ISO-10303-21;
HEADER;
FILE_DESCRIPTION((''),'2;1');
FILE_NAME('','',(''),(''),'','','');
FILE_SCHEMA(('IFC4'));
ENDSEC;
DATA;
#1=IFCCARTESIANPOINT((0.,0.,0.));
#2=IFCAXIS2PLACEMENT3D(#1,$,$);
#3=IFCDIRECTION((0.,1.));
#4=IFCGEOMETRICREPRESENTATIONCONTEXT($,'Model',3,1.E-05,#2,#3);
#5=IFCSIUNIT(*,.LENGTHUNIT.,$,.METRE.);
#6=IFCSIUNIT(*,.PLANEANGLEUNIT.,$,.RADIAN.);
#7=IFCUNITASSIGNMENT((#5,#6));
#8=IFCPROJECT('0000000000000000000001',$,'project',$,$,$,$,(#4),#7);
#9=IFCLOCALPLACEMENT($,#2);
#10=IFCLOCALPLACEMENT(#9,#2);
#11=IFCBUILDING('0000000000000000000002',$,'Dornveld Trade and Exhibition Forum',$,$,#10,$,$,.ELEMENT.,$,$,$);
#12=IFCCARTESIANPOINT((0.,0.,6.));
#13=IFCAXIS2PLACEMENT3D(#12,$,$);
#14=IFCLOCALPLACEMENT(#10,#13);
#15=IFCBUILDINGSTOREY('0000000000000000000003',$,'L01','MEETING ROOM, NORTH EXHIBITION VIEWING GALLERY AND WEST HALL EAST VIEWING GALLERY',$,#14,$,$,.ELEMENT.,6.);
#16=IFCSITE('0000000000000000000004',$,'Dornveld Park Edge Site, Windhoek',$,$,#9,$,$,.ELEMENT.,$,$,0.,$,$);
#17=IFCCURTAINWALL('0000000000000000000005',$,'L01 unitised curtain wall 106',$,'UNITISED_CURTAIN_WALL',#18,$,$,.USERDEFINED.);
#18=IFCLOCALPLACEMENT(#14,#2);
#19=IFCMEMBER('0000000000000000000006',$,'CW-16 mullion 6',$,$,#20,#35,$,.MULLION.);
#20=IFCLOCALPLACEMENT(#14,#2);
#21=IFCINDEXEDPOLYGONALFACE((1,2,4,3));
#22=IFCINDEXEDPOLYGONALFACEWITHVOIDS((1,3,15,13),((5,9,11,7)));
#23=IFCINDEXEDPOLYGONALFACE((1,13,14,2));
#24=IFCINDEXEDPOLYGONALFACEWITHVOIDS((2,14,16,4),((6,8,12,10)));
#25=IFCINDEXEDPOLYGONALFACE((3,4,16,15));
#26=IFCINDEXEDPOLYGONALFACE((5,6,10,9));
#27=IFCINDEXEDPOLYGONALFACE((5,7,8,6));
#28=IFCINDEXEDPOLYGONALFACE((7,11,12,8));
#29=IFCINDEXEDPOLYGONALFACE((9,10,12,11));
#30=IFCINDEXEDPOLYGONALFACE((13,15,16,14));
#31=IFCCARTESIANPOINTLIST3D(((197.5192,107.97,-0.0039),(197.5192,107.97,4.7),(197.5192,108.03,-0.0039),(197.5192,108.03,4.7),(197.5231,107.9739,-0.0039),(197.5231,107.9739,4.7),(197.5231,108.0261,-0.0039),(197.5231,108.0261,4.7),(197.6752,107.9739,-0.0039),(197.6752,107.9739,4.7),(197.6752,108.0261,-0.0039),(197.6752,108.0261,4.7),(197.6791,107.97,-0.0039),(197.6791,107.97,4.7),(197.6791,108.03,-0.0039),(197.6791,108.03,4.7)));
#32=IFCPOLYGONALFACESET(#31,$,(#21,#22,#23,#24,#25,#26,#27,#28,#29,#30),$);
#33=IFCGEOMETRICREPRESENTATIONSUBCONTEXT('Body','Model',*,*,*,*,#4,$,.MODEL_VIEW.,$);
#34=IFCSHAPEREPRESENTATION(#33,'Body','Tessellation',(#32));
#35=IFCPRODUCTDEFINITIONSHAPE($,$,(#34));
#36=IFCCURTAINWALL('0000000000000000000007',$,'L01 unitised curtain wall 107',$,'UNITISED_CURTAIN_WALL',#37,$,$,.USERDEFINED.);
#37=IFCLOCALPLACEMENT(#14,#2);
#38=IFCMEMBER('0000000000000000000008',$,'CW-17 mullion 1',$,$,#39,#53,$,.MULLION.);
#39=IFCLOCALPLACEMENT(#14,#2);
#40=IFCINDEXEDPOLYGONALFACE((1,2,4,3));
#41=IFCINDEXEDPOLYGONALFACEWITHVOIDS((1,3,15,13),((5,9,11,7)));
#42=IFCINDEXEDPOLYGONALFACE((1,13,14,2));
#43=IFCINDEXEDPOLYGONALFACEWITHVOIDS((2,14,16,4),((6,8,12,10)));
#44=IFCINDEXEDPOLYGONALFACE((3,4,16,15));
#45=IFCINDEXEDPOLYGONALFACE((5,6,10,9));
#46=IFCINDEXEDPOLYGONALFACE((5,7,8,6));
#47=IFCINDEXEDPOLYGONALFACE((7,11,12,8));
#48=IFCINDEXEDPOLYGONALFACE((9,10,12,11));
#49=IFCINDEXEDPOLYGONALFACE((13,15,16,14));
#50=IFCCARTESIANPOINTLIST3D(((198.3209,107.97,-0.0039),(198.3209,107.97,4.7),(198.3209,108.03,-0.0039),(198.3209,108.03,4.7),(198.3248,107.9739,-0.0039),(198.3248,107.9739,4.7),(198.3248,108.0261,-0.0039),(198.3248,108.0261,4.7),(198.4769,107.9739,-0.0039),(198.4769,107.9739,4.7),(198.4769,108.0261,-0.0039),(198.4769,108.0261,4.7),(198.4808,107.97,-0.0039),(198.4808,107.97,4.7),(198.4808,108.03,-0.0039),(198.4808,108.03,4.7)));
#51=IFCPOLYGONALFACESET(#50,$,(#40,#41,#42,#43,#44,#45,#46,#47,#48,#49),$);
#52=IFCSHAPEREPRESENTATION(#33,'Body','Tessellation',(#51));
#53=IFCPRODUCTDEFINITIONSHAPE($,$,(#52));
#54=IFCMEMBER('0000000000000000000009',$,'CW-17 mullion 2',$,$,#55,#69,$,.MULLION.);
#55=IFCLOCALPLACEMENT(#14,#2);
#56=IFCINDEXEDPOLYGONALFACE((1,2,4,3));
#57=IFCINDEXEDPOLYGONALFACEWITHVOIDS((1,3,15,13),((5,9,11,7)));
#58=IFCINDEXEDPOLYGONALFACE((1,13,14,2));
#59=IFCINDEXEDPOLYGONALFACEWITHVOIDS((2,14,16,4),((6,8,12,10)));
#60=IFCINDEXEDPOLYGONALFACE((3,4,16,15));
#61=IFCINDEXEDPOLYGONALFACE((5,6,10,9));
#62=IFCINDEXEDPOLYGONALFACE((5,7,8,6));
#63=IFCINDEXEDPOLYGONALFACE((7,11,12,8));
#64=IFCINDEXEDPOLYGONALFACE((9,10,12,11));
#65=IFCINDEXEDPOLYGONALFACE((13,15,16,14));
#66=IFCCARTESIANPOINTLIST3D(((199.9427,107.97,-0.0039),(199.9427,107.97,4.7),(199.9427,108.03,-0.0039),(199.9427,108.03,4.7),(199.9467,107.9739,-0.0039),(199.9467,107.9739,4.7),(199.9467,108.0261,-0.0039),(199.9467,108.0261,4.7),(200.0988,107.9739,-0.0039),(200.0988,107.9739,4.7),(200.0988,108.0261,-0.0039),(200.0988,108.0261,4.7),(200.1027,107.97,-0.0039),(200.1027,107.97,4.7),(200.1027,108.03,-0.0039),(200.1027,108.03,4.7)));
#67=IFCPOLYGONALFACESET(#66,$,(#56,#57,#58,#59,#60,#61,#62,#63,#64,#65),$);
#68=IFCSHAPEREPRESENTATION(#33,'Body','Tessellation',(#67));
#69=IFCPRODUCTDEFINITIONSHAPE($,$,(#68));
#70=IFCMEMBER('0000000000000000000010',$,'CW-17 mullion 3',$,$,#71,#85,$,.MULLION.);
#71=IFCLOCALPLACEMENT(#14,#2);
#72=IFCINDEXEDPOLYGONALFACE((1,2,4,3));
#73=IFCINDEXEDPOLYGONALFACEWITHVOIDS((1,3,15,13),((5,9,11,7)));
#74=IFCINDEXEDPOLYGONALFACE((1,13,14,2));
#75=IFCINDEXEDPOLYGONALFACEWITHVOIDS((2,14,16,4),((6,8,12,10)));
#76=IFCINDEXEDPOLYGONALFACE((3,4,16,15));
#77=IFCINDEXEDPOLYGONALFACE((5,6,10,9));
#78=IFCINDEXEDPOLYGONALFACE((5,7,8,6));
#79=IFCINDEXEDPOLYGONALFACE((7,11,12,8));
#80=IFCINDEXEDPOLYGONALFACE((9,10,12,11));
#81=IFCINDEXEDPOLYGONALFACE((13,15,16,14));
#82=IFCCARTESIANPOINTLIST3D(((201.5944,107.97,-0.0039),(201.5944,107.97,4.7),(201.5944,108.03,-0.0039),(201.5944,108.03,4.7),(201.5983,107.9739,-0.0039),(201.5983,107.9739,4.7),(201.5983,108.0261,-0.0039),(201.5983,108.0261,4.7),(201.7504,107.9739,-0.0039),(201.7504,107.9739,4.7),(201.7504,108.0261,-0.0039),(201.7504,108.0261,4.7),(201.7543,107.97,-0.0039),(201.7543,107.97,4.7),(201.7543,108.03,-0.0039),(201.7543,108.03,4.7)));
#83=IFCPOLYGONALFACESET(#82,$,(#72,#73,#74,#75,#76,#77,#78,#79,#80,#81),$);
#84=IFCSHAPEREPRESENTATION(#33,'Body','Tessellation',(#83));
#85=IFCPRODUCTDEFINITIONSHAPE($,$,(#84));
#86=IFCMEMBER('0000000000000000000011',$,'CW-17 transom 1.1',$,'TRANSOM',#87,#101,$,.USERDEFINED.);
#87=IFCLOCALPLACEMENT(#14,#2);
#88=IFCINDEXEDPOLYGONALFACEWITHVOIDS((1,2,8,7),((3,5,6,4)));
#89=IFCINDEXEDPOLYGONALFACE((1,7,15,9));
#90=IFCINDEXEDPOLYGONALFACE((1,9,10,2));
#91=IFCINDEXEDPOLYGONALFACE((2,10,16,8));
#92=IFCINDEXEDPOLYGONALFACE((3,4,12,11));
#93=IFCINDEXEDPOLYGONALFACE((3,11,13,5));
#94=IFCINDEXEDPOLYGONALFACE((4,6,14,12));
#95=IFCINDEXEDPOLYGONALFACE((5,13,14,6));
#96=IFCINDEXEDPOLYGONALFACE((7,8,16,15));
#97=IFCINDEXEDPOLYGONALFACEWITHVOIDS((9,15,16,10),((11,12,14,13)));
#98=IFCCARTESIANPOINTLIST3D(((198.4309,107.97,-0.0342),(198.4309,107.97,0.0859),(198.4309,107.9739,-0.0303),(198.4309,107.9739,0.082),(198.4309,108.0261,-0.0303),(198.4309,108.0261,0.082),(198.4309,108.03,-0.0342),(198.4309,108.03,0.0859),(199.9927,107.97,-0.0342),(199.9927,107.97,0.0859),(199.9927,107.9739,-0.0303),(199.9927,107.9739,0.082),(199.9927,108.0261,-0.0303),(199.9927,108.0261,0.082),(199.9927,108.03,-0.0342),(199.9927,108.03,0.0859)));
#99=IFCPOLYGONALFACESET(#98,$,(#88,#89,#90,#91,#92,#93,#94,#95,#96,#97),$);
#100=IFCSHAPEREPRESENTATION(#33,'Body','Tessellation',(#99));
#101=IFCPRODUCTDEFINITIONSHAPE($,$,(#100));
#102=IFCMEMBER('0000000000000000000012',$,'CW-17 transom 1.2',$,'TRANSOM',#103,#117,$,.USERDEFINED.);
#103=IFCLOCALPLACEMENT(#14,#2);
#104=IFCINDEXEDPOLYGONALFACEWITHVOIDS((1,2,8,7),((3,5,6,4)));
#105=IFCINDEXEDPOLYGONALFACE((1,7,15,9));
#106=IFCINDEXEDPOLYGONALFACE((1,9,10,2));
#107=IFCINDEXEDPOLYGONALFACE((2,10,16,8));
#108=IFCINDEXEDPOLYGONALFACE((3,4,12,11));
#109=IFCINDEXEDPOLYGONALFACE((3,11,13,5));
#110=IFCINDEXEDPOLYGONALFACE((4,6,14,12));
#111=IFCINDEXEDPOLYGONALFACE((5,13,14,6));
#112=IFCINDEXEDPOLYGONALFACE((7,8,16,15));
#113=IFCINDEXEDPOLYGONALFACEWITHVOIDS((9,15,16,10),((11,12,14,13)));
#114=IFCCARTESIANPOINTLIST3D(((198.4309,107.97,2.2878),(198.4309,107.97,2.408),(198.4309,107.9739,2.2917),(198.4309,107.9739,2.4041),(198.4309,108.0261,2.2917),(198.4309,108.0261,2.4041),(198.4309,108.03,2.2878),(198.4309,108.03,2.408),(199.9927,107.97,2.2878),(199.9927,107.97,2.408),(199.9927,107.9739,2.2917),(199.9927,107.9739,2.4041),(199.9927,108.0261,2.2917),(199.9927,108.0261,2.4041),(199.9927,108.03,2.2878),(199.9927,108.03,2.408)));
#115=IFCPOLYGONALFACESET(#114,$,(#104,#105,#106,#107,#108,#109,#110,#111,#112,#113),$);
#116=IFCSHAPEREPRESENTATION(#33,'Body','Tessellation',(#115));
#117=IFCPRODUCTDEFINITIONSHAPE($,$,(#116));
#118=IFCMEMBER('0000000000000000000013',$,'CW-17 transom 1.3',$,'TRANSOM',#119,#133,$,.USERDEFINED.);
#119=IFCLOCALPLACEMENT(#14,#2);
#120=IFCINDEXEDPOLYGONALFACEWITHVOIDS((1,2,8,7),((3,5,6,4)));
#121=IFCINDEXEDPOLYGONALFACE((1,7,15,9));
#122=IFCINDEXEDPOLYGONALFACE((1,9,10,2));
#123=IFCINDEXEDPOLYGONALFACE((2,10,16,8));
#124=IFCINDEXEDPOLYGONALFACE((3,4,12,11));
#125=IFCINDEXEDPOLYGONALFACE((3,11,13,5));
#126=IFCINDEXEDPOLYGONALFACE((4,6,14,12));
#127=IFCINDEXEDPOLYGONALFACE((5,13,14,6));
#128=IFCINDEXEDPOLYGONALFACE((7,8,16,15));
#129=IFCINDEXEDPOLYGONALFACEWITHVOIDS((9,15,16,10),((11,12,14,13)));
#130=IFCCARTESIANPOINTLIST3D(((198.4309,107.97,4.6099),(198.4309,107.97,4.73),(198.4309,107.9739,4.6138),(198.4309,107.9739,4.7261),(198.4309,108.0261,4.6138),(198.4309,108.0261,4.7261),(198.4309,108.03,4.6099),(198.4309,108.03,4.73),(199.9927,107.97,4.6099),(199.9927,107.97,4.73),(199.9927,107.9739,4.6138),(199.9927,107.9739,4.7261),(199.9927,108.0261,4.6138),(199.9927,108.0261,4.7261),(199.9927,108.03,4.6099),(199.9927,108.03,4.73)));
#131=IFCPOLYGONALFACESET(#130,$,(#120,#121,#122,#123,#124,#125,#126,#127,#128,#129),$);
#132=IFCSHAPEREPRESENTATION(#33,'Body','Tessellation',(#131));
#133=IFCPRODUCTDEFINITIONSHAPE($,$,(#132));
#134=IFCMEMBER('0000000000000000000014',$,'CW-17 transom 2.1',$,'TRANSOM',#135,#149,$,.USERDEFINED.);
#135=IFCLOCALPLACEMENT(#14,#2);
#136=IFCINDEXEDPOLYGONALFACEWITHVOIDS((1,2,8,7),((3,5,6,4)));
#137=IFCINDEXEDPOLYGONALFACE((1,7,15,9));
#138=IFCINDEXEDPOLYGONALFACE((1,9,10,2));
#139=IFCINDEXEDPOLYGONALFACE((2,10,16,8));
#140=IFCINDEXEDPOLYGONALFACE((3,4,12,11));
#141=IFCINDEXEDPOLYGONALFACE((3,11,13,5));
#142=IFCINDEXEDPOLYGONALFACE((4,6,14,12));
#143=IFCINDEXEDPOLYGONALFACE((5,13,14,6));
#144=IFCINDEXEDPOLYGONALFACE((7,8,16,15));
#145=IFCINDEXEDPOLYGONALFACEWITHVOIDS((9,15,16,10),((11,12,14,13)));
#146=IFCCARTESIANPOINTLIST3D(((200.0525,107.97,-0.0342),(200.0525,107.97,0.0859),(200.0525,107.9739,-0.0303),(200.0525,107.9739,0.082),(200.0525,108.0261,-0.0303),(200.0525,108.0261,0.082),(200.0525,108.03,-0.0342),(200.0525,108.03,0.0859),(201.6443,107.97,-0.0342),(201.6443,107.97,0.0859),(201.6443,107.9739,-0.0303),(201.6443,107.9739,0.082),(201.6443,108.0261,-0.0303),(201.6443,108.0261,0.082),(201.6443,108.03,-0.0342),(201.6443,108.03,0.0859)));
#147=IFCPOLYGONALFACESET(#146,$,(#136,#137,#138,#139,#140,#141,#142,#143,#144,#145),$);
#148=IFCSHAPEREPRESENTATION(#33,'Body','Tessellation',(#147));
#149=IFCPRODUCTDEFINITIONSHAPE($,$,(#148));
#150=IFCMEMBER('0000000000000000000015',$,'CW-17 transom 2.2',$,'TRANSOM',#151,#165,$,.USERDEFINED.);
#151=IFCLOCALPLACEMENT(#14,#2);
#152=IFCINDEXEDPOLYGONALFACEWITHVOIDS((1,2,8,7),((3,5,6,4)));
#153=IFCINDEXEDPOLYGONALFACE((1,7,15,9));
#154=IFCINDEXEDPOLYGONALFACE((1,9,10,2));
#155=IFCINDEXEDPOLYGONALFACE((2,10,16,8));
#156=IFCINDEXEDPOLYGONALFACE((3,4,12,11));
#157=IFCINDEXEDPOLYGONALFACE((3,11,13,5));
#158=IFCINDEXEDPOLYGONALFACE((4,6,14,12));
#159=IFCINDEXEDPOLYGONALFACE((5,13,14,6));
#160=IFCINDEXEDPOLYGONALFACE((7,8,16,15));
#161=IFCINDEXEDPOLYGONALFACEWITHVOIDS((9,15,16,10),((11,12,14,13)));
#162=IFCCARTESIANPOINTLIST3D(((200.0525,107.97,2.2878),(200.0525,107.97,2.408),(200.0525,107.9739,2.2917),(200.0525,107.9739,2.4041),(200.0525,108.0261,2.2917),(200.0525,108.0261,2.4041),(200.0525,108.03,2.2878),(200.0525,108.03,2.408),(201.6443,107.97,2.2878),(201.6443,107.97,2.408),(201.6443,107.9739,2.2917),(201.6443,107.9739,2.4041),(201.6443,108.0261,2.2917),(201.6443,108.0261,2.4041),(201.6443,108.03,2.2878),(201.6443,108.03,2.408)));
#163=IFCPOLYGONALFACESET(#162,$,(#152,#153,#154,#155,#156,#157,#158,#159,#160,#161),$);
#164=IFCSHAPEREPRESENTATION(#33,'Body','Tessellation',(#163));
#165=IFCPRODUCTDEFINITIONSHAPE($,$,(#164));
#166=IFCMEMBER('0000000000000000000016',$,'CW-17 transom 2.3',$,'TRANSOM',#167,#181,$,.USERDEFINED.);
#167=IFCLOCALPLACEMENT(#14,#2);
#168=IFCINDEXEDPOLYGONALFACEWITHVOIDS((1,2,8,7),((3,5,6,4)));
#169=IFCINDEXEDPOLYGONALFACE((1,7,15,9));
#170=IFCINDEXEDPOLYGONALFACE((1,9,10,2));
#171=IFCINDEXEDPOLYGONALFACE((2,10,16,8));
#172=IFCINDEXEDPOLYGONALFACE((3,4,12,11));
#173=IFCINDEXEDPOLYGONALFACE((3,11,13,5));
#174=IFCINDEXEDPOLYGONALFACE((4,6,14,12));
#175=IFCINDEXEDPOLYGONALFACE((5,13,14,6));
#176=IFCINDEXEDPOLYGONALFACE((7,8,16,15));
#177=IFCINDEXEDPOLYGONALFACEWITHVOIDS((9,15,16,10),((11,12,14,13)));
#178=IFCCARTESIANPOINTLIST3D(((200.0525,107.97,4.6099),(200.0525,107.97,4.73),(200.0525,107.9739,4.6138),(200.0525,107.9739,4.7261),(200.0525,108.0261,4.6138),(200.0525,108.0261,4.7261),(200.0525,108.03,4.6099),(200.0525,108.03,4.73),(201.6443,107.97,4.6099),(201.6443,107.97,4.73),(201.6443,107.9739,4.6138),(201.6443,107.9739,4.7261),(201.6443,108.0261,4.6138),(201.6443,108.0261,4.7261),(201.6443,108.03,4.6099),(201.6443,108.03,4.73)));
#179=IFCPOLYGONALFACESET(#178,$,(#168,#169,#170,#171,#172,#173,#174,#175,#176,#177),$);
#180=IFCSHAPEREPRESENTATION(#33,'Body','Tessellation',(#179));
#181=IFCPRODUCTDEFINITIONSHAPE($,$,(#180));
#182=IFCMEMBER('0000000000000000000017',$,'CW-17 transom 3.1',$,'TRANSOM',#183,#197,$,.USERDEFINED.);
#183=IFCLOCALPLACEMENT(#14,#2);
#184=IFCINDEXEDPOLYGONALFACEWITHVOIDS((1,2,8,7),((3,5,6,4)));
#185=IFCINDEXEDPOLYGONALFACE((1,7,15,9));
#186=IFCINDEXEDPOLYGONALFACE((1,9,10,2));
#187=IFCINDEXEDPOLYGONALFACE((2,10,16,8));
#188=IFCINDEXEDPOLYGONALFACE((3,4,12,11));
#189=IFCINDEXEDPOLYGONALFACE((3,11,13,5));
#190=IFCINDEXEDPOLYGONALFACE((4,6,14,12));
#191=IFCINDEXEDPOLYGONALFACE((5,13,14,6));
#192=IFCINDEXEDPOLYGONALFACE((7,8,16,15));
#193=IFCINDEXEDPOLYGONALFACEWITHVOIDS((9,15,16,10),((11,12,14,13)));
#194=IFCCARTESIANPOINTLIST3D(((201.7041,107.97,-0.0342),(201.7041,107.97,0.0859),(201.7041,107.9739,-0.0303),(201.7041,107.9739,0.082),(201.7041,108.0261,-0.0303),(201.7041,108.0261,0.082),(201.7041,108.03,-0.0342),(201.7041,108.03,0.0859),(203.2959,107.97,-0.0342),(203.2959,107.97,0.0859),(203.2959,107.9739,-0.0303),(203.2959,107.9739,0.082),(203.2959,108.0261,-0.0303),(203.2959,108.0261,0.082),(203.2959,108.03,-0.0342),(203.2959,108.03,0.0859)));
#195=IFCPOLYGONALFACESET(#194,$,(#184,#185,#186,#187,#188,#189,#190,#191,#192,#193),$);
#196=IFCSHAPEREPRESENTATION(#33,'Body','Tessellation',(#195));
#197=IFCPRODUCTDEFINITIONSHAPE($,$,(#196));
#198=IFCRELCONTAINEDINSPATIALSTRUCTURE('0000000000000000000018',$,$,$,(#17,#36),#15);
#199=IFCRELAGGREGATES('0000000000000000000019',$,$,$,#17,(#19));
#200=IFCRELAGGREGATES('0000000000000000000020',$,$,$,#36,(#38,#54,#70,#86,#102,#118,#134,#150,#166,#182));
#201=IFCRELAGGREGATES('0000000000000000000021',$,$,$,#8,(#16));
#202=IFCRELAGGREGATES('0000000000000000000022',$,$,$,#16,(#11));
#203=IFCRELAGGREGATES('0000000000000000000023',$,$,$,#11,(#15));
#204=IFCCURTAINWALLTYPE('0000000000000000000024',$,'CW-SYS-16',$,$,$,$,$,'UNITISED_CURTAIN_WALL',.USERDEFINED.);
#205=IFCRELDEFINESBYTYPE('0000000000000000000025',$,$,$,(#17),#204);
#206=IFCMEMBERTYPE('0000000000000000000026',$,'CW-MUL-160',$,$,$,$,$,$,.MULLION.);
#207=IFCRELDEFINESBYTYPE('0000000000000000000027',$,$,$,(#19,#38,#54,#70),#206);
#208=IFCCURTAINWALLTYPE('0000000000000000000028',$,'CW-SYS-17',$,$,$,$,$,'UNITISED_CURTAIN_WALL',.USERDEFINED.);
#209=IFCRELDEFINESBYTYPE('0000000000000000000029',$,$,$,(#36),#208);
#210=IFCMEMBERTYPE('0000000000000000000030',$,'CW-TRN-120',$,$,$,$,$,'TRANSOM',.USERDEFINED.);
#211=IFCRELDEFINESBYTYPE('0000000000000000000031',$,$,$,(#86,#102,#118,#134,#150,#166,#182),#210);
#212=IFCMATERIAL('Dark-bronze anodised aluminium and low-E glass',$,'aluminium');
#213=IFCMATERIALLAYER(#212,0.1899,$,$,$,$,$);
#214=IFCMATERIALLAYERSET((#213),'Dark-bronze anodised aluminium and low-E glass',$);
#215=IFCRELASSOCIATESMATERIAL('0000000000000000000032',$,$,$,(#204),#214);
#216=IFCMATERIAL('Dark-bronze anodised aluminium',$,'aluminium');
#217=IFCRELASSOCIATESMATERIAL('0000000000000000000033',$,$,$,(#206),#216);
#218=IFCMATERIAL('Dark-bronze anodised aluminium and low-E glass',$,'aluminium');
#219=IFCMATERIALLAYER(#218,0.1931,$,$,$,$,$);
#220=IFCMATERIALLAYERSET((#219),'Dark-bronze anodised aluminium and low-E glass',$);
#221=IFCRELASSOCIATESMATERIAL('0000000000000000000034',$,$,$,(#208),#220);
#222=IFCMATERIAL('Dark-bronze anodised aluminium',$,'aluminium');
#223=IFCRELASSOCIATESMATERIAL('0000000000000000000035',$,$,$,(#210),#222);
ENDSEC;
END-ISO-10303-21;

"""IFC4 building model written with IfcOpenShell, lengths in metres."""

from ifc_helpers import new_model, si_unit, direction, frame, origin, origin_2d, place, context, subcontext, project, spatial, hollow_rectangle, extrude, material, layer, layer_set, material_profile, profile_set, type_object, element, aggregate, save


model = new_model("IFC4")

# Units and contexts
model_context = context("Model", 3, precision=1e-05, world=origin(), true_north=direction((0.0, 1.0)))
body_context = subcontext(model_context, "Body", "Model", "MODEL_VIEW")
ifc_project = project(units=[si_unit("LENGTHUNIT", "METRE"), si_unit("PLANEANGLEUNIT", "RADIAN")], contexts=[model_context])

# Site, building, storey
site_placement = place(None, origin())
site = spatial("IfcSite", under=ifc_project, at=site_placement, Name="Dornveld Park Edge Site, Windhoek", CompositionType="ELEMENT", RefElevation=0.0)
building_placement = place(site_placement, origin())
building = spatial("IfcBuilding", under=site, at=building_placement, Name="Dornveld Trade and Exhibition Forum", CompositionType="ELEMENT")
storey_placement = place(building_placement, frame((0.0, 0.0, 6.0)))
storey = spatial("IfcBuildingStorey", under=building, at=storey_placement, Name="L01", Description="MEETING ROOM, NORTH EXHIBITION VIEWING GALLERY AND WEST HALL EAST VIEWING GALLERY", CompositionType="ELEMENT", Elevation=6.0)

# Curtain wall, member
ifc_material_1 = material(Name="Dark-bronze anodised aluminium and low-E glass", Category="aluminium")
ifc_layer_1 = layer(ifc_material_1, 0.1899)
ifc_layer_set_1 = layer_set([ifc_layer_1], Name="Dark-bronze anodised aluminium and low-E glass")
curtain_wall_type_1 = type_object("IfcCurtainWallType", Name="CW-SYS-16", ElementType="UNITISED_CURTAIN_WALL", PredefinedType="USERDEFINED", material=ifc_layer_set_1)
curtain_wall_1_placement = place(storey_placement, origin())
curtain_wall_1 = element("IfcCurtainWall", 1, at=curtain_wall_1_placement, inside=storey, type_object=curtain_wall_type_1, Name="L01 unitised curtain wall 106", ObjectType="UNITISED_CURTAIN_WALL", PredefinedType="USERDEFINED")
ifc_material_2 = material(Name="Dark-bronze anodised aluminium", Category="aluminium")
ifc_material_profile_1 = material_profile(ifc_material_2, hollow_rectangle(XDim=0.0601, YDim=0.1599, WallThickness=0.0039, at=origin_2d()), Name="RHS 160x60x4")
ifc_profile_set_1 = profile_set([ifc_material_profile_1], Name="Dark-bronze anodised aluminium")
member_type_1 = type_object("IfcMemberType", Name="CW-MUL-160", PredefinedType="MULLION", material=ifc_profile_set_1)
member_1_placement = place(storey_placement, frame((197.5991, 108.0, -0.0039), z_axis=(0.0, 0.0, 1.0), x_axis=(0.0, 1.0, 0.0)))
member_1 = element("IfcMember", 2, at=member_1_placement, type_object=member_type_1, Name="CW-16 mullion 6", PredefinedType="MULLION", context=body_context, shape_type="SweptSolid", body=[
    extrude(hollow_rectangle(XDim=0.0601, YDim=0.1599, WallThickness=0.0039, at=origin_2d()), origin(), (0.0, 0.0, 1.0), 4.7039),
])
aggregate(curtain_wall_1, [member_1])

# Curtain wall, members
ifc_material_3 = material(Name="Dark-bronze anodised aluminium and low-E glass", Category="aluminium")
ifc_layer_2 = layer(ifc_material_3, 0.1931)
ifc_layer_set_2 = layer_set([ifc_layer_2], Name="Dark-bronze anodised aluminium and low-E glass")
curtain_wall_type_2 = type_object("IfcCurtainWallType", Name="CW-SYS-17", ElementType="UNITISED_CURTAIN_WALL", PredefinedType="USERDEFINED", material=ifc_layer_set_2)
curtain_wall_2_placement = place(storey_placement, origin())
curtain_wall_2 = element("IfcCurtainWall", 3, at=curtain_wall_2_placement, inside=storey, type_object=curtain_wall_type_2, Name="L01 unitised curtain wall 107", ObjectType="UNITISED_CURTAIN_WALL", PredefinedType="USERDEFINED")
member_2_placement = place(storey_placement, frame((198.4009, 108.0, -0.0039), z_axis=(0.0, 0.0, 1.0), x_axis=(0.0, 1.0, 0.0)))
member_2 = element("IfcMember", 4, at=member_2_placement, type_object=member_type_1, Name="CW-17 mullion 1", PredefinedType="MULLION", context=body_context, shape_type="SweptSolid", body=[
    extrude(hollow_rectangle(XDim=0.0601, YDim=0.1599, WallThickness=0.0039, at=origin_2d()), origin(), (0.0, 0.0, 1.0), 4.7039),
])
member_3_placement = place(storey_placement, frame((200.0227, 108.0, -0.0039), z_axis=(0.0, 0.0, 1.0), x_axis=(0.0, 1.0, 0.0)))
member_3 = element("IfcMember", 5, at=member_3_placement, type_object=member_type_1, Name="CW-17 mullion 2", PredefinedType="MULLION", context=body_context, shape_type="SweptSolid", body=[
    extrude(hollow_rectangle(XDim=0.0601, YDim=0.1599, WallThickness=0.0039, at=origin_2d()), origin(), (0.0, 0.0, 1.0), 4.7039),
])
member_4_placement = place(storey_placement, frame((201.6743, 108.0, -0.0039), z_axis=(0.0, 0.0, 1.0), x_axis=(0.0, 1.0, 0.0)))
member_4 = element("IfcMember", 6, at=member_4_placement, type_object=member_type_1, Name="CW-17 mullion 3", PredefinedType="MULLION", context=body_context, shape_type="SweptSolid", body=[
    extrude(hollow_rectangle(XDim=0.0601, YDim=0.1599, WallThickness=0.0039, at=origin_2d()), origin(), (0.0, 0.0, 1.0), 4.7039),
])
ifc_material_4 = material(Name="Dark-bronze anodised aluminium", Category="aluminium")
ifc_material_profile_2 = material_profile(ifc_material_4, hollow_rectangle(XDim=0.0601, YDim=0.1201, WallThickness=0.0039, at=origin_2d()), Name="RHS 120x60x4")
ifc_profile_set_2 = profile_set([ifc_material_profile_2], Name="Dark-bronze anodised aluminium")
member_type_2 = type_object("IfcMemberType", Name="CW-TRN-120", ElementType="TRANSOM", PredefinedType="USERDEFINED", material=ifc_profile_set_2)
member_5_placement = place(storey_placement, frame((198.4309, 108.0, 0.0259), z_axis=(1.0, 0.0, 0.0), x_axis=(0.0, 1.0, 0.0)))
member_5 = element("IfcMember", 7, at=member_5_placement, type_object=member_type_2, Name="CW-17 transom 1.1", ObjectType="TRANSOM", PredefinedType="USERDEFINED", context=body_context, shape_type="SweptSolid", body=[
    extrude(hollow_rectangle(XDim=0.0601, YDim=0.1201, WallThickness=0.0039, at=origin_2d()), origin(), (0.0, 0.0, 1.0), 1.5618),
])
member_6_placement = place(storey_placement, frame((198.4309, 108.0, 2.3479), z_axis=(1.0, 0.0, 0.0), x_axis=(0.0, 1.0, 0.0)))
member_6 = element("IfcMember", 8, at=member_6_placement, type_object=member_type_2, Name="CW-17 transom 1.2", ObjectType="TRANSOM", PredefinedType="USERDEFINED", context=body_context, shape_type="SweptSolid", body=[
    extrude(hollow_rectangle(XDim=0.0601, YDim=0.1201, WallThickness=0.0039, at=origin_2d()), origin(), (0.0, 0.0, 1.0), 1.5618),
])
member_7_placement = place(storey_placement, frame((198.4309, 108.0, 4.6699), z_axis=(1.0, 0.0, 0.0), x_axis=(0.0, 1.0, 0.0)))
member_7 = element("IfcMember", 9, at=member_7_placement, type_object=member_type_2, Name="CW-17 transom 1.3", ObjectType="TRANSOM", PredefinedType="USERDEFINED", context=body_context, shape_type="SweptSolid", body=[
    extrude(hollow_rectangle(XDim=0.0601, YDim=0.1201, WallThickness=0.0039, at=origin_2d()), origin(), (0.0, 0.0, 1.0), 1.5618),
])
member_8_placement = place(storey_placement, frame((200.0525, 108.0, 0.0259), z_axis=(1.0, 0.0, 0.0), x_axis=(0.0, 1.0, 0.0)))
member_8 = element("IfcMember", 10, at=member_8_placement, type_object=member_type_2, Name="CW-17 transom 2.1", ObjectType="TRANSOM", PredefinedType="USERDEFINED", context=body_context, shape_type="SweptSolid", body=[
    extrude(hollow_rectangle(XDim=0.0601, YDim=0.1201, WallThickness=0.0039, at=origin_2d()), origin(), (0.0, 0.0, 1.0), 1.5918),
])
member_9_placement = place(storey_placement, frame((200.0525, 108.0, 2.3479), z_axis=(1.0, 0.0, 0.0), x_axis=(0.0, 1.0, 0.0)))
member_9 = element("IfcMember", 11, at=member_9_placement, type_object=member_type_2, Name="CW-17 transom 2.2", ObjectType="TRANSOM", PredefinedType="USERDEFINED", context=body_context, shape_type="SweptSolid", body=[
    extrude(hollow_rectangle(XDim=0.0601, YDim=0.1201, WallThickness=0.0039, at=origin_2d()), origin(), (0.0, 0.0, 1.0), 1.5918),
])
member_10_placement = place(storey_placement, frame((200.0525, 108.0, 4.6699), z_axis=(1.0, 0.0, 0.0), x_axis=(0.0, 1.0, 0.0)))
member_10 = element("IfcMember", 12, at=member_10_placement, type_object=member_type_2, Name="CW-17 transom 2.3", ObjectType="TRANSOM", PredefinedType="USERDEFINED", context=body_context, shape_type="SweptSolid", body=[
    extrude(hollow_rectangle(XDim=0.0601, YDim=0.1201, WallThickness=0.0039, at=origin_2d()), origin(), (0.0, 0.0, 1.0), 1.5918),
])
member_11_placement = place(storey_placement, frame((201.7041, 108.0, 0.0259), z_axis=(1.0, 0.0, 0.0), x_axis=(0.0, 1.0, 0.0)))
member_11 = element("IfcMember", 13, at=member_11_placement, type_object=member_type_2, Name="CW-17 transom 3.1", ObjectType="TRANSOM", PredefinedType="USERDEFINED", context=body_context, shape_type="SweptSolid", body=[
    extrude(hollow_rectangle(XDim=0.0601, YDim=0.1201, WallThickness=0.0039, at=origin_2d()), origin(), (0.0, 0.0, 1.0), 1.5918),
])
aggregate(curtain_wall_2, [member_2, member_3, member_4, member_5, member_6, member_7, member_8, member_9, member_10, member_11])

save(model, "model.ifc")
